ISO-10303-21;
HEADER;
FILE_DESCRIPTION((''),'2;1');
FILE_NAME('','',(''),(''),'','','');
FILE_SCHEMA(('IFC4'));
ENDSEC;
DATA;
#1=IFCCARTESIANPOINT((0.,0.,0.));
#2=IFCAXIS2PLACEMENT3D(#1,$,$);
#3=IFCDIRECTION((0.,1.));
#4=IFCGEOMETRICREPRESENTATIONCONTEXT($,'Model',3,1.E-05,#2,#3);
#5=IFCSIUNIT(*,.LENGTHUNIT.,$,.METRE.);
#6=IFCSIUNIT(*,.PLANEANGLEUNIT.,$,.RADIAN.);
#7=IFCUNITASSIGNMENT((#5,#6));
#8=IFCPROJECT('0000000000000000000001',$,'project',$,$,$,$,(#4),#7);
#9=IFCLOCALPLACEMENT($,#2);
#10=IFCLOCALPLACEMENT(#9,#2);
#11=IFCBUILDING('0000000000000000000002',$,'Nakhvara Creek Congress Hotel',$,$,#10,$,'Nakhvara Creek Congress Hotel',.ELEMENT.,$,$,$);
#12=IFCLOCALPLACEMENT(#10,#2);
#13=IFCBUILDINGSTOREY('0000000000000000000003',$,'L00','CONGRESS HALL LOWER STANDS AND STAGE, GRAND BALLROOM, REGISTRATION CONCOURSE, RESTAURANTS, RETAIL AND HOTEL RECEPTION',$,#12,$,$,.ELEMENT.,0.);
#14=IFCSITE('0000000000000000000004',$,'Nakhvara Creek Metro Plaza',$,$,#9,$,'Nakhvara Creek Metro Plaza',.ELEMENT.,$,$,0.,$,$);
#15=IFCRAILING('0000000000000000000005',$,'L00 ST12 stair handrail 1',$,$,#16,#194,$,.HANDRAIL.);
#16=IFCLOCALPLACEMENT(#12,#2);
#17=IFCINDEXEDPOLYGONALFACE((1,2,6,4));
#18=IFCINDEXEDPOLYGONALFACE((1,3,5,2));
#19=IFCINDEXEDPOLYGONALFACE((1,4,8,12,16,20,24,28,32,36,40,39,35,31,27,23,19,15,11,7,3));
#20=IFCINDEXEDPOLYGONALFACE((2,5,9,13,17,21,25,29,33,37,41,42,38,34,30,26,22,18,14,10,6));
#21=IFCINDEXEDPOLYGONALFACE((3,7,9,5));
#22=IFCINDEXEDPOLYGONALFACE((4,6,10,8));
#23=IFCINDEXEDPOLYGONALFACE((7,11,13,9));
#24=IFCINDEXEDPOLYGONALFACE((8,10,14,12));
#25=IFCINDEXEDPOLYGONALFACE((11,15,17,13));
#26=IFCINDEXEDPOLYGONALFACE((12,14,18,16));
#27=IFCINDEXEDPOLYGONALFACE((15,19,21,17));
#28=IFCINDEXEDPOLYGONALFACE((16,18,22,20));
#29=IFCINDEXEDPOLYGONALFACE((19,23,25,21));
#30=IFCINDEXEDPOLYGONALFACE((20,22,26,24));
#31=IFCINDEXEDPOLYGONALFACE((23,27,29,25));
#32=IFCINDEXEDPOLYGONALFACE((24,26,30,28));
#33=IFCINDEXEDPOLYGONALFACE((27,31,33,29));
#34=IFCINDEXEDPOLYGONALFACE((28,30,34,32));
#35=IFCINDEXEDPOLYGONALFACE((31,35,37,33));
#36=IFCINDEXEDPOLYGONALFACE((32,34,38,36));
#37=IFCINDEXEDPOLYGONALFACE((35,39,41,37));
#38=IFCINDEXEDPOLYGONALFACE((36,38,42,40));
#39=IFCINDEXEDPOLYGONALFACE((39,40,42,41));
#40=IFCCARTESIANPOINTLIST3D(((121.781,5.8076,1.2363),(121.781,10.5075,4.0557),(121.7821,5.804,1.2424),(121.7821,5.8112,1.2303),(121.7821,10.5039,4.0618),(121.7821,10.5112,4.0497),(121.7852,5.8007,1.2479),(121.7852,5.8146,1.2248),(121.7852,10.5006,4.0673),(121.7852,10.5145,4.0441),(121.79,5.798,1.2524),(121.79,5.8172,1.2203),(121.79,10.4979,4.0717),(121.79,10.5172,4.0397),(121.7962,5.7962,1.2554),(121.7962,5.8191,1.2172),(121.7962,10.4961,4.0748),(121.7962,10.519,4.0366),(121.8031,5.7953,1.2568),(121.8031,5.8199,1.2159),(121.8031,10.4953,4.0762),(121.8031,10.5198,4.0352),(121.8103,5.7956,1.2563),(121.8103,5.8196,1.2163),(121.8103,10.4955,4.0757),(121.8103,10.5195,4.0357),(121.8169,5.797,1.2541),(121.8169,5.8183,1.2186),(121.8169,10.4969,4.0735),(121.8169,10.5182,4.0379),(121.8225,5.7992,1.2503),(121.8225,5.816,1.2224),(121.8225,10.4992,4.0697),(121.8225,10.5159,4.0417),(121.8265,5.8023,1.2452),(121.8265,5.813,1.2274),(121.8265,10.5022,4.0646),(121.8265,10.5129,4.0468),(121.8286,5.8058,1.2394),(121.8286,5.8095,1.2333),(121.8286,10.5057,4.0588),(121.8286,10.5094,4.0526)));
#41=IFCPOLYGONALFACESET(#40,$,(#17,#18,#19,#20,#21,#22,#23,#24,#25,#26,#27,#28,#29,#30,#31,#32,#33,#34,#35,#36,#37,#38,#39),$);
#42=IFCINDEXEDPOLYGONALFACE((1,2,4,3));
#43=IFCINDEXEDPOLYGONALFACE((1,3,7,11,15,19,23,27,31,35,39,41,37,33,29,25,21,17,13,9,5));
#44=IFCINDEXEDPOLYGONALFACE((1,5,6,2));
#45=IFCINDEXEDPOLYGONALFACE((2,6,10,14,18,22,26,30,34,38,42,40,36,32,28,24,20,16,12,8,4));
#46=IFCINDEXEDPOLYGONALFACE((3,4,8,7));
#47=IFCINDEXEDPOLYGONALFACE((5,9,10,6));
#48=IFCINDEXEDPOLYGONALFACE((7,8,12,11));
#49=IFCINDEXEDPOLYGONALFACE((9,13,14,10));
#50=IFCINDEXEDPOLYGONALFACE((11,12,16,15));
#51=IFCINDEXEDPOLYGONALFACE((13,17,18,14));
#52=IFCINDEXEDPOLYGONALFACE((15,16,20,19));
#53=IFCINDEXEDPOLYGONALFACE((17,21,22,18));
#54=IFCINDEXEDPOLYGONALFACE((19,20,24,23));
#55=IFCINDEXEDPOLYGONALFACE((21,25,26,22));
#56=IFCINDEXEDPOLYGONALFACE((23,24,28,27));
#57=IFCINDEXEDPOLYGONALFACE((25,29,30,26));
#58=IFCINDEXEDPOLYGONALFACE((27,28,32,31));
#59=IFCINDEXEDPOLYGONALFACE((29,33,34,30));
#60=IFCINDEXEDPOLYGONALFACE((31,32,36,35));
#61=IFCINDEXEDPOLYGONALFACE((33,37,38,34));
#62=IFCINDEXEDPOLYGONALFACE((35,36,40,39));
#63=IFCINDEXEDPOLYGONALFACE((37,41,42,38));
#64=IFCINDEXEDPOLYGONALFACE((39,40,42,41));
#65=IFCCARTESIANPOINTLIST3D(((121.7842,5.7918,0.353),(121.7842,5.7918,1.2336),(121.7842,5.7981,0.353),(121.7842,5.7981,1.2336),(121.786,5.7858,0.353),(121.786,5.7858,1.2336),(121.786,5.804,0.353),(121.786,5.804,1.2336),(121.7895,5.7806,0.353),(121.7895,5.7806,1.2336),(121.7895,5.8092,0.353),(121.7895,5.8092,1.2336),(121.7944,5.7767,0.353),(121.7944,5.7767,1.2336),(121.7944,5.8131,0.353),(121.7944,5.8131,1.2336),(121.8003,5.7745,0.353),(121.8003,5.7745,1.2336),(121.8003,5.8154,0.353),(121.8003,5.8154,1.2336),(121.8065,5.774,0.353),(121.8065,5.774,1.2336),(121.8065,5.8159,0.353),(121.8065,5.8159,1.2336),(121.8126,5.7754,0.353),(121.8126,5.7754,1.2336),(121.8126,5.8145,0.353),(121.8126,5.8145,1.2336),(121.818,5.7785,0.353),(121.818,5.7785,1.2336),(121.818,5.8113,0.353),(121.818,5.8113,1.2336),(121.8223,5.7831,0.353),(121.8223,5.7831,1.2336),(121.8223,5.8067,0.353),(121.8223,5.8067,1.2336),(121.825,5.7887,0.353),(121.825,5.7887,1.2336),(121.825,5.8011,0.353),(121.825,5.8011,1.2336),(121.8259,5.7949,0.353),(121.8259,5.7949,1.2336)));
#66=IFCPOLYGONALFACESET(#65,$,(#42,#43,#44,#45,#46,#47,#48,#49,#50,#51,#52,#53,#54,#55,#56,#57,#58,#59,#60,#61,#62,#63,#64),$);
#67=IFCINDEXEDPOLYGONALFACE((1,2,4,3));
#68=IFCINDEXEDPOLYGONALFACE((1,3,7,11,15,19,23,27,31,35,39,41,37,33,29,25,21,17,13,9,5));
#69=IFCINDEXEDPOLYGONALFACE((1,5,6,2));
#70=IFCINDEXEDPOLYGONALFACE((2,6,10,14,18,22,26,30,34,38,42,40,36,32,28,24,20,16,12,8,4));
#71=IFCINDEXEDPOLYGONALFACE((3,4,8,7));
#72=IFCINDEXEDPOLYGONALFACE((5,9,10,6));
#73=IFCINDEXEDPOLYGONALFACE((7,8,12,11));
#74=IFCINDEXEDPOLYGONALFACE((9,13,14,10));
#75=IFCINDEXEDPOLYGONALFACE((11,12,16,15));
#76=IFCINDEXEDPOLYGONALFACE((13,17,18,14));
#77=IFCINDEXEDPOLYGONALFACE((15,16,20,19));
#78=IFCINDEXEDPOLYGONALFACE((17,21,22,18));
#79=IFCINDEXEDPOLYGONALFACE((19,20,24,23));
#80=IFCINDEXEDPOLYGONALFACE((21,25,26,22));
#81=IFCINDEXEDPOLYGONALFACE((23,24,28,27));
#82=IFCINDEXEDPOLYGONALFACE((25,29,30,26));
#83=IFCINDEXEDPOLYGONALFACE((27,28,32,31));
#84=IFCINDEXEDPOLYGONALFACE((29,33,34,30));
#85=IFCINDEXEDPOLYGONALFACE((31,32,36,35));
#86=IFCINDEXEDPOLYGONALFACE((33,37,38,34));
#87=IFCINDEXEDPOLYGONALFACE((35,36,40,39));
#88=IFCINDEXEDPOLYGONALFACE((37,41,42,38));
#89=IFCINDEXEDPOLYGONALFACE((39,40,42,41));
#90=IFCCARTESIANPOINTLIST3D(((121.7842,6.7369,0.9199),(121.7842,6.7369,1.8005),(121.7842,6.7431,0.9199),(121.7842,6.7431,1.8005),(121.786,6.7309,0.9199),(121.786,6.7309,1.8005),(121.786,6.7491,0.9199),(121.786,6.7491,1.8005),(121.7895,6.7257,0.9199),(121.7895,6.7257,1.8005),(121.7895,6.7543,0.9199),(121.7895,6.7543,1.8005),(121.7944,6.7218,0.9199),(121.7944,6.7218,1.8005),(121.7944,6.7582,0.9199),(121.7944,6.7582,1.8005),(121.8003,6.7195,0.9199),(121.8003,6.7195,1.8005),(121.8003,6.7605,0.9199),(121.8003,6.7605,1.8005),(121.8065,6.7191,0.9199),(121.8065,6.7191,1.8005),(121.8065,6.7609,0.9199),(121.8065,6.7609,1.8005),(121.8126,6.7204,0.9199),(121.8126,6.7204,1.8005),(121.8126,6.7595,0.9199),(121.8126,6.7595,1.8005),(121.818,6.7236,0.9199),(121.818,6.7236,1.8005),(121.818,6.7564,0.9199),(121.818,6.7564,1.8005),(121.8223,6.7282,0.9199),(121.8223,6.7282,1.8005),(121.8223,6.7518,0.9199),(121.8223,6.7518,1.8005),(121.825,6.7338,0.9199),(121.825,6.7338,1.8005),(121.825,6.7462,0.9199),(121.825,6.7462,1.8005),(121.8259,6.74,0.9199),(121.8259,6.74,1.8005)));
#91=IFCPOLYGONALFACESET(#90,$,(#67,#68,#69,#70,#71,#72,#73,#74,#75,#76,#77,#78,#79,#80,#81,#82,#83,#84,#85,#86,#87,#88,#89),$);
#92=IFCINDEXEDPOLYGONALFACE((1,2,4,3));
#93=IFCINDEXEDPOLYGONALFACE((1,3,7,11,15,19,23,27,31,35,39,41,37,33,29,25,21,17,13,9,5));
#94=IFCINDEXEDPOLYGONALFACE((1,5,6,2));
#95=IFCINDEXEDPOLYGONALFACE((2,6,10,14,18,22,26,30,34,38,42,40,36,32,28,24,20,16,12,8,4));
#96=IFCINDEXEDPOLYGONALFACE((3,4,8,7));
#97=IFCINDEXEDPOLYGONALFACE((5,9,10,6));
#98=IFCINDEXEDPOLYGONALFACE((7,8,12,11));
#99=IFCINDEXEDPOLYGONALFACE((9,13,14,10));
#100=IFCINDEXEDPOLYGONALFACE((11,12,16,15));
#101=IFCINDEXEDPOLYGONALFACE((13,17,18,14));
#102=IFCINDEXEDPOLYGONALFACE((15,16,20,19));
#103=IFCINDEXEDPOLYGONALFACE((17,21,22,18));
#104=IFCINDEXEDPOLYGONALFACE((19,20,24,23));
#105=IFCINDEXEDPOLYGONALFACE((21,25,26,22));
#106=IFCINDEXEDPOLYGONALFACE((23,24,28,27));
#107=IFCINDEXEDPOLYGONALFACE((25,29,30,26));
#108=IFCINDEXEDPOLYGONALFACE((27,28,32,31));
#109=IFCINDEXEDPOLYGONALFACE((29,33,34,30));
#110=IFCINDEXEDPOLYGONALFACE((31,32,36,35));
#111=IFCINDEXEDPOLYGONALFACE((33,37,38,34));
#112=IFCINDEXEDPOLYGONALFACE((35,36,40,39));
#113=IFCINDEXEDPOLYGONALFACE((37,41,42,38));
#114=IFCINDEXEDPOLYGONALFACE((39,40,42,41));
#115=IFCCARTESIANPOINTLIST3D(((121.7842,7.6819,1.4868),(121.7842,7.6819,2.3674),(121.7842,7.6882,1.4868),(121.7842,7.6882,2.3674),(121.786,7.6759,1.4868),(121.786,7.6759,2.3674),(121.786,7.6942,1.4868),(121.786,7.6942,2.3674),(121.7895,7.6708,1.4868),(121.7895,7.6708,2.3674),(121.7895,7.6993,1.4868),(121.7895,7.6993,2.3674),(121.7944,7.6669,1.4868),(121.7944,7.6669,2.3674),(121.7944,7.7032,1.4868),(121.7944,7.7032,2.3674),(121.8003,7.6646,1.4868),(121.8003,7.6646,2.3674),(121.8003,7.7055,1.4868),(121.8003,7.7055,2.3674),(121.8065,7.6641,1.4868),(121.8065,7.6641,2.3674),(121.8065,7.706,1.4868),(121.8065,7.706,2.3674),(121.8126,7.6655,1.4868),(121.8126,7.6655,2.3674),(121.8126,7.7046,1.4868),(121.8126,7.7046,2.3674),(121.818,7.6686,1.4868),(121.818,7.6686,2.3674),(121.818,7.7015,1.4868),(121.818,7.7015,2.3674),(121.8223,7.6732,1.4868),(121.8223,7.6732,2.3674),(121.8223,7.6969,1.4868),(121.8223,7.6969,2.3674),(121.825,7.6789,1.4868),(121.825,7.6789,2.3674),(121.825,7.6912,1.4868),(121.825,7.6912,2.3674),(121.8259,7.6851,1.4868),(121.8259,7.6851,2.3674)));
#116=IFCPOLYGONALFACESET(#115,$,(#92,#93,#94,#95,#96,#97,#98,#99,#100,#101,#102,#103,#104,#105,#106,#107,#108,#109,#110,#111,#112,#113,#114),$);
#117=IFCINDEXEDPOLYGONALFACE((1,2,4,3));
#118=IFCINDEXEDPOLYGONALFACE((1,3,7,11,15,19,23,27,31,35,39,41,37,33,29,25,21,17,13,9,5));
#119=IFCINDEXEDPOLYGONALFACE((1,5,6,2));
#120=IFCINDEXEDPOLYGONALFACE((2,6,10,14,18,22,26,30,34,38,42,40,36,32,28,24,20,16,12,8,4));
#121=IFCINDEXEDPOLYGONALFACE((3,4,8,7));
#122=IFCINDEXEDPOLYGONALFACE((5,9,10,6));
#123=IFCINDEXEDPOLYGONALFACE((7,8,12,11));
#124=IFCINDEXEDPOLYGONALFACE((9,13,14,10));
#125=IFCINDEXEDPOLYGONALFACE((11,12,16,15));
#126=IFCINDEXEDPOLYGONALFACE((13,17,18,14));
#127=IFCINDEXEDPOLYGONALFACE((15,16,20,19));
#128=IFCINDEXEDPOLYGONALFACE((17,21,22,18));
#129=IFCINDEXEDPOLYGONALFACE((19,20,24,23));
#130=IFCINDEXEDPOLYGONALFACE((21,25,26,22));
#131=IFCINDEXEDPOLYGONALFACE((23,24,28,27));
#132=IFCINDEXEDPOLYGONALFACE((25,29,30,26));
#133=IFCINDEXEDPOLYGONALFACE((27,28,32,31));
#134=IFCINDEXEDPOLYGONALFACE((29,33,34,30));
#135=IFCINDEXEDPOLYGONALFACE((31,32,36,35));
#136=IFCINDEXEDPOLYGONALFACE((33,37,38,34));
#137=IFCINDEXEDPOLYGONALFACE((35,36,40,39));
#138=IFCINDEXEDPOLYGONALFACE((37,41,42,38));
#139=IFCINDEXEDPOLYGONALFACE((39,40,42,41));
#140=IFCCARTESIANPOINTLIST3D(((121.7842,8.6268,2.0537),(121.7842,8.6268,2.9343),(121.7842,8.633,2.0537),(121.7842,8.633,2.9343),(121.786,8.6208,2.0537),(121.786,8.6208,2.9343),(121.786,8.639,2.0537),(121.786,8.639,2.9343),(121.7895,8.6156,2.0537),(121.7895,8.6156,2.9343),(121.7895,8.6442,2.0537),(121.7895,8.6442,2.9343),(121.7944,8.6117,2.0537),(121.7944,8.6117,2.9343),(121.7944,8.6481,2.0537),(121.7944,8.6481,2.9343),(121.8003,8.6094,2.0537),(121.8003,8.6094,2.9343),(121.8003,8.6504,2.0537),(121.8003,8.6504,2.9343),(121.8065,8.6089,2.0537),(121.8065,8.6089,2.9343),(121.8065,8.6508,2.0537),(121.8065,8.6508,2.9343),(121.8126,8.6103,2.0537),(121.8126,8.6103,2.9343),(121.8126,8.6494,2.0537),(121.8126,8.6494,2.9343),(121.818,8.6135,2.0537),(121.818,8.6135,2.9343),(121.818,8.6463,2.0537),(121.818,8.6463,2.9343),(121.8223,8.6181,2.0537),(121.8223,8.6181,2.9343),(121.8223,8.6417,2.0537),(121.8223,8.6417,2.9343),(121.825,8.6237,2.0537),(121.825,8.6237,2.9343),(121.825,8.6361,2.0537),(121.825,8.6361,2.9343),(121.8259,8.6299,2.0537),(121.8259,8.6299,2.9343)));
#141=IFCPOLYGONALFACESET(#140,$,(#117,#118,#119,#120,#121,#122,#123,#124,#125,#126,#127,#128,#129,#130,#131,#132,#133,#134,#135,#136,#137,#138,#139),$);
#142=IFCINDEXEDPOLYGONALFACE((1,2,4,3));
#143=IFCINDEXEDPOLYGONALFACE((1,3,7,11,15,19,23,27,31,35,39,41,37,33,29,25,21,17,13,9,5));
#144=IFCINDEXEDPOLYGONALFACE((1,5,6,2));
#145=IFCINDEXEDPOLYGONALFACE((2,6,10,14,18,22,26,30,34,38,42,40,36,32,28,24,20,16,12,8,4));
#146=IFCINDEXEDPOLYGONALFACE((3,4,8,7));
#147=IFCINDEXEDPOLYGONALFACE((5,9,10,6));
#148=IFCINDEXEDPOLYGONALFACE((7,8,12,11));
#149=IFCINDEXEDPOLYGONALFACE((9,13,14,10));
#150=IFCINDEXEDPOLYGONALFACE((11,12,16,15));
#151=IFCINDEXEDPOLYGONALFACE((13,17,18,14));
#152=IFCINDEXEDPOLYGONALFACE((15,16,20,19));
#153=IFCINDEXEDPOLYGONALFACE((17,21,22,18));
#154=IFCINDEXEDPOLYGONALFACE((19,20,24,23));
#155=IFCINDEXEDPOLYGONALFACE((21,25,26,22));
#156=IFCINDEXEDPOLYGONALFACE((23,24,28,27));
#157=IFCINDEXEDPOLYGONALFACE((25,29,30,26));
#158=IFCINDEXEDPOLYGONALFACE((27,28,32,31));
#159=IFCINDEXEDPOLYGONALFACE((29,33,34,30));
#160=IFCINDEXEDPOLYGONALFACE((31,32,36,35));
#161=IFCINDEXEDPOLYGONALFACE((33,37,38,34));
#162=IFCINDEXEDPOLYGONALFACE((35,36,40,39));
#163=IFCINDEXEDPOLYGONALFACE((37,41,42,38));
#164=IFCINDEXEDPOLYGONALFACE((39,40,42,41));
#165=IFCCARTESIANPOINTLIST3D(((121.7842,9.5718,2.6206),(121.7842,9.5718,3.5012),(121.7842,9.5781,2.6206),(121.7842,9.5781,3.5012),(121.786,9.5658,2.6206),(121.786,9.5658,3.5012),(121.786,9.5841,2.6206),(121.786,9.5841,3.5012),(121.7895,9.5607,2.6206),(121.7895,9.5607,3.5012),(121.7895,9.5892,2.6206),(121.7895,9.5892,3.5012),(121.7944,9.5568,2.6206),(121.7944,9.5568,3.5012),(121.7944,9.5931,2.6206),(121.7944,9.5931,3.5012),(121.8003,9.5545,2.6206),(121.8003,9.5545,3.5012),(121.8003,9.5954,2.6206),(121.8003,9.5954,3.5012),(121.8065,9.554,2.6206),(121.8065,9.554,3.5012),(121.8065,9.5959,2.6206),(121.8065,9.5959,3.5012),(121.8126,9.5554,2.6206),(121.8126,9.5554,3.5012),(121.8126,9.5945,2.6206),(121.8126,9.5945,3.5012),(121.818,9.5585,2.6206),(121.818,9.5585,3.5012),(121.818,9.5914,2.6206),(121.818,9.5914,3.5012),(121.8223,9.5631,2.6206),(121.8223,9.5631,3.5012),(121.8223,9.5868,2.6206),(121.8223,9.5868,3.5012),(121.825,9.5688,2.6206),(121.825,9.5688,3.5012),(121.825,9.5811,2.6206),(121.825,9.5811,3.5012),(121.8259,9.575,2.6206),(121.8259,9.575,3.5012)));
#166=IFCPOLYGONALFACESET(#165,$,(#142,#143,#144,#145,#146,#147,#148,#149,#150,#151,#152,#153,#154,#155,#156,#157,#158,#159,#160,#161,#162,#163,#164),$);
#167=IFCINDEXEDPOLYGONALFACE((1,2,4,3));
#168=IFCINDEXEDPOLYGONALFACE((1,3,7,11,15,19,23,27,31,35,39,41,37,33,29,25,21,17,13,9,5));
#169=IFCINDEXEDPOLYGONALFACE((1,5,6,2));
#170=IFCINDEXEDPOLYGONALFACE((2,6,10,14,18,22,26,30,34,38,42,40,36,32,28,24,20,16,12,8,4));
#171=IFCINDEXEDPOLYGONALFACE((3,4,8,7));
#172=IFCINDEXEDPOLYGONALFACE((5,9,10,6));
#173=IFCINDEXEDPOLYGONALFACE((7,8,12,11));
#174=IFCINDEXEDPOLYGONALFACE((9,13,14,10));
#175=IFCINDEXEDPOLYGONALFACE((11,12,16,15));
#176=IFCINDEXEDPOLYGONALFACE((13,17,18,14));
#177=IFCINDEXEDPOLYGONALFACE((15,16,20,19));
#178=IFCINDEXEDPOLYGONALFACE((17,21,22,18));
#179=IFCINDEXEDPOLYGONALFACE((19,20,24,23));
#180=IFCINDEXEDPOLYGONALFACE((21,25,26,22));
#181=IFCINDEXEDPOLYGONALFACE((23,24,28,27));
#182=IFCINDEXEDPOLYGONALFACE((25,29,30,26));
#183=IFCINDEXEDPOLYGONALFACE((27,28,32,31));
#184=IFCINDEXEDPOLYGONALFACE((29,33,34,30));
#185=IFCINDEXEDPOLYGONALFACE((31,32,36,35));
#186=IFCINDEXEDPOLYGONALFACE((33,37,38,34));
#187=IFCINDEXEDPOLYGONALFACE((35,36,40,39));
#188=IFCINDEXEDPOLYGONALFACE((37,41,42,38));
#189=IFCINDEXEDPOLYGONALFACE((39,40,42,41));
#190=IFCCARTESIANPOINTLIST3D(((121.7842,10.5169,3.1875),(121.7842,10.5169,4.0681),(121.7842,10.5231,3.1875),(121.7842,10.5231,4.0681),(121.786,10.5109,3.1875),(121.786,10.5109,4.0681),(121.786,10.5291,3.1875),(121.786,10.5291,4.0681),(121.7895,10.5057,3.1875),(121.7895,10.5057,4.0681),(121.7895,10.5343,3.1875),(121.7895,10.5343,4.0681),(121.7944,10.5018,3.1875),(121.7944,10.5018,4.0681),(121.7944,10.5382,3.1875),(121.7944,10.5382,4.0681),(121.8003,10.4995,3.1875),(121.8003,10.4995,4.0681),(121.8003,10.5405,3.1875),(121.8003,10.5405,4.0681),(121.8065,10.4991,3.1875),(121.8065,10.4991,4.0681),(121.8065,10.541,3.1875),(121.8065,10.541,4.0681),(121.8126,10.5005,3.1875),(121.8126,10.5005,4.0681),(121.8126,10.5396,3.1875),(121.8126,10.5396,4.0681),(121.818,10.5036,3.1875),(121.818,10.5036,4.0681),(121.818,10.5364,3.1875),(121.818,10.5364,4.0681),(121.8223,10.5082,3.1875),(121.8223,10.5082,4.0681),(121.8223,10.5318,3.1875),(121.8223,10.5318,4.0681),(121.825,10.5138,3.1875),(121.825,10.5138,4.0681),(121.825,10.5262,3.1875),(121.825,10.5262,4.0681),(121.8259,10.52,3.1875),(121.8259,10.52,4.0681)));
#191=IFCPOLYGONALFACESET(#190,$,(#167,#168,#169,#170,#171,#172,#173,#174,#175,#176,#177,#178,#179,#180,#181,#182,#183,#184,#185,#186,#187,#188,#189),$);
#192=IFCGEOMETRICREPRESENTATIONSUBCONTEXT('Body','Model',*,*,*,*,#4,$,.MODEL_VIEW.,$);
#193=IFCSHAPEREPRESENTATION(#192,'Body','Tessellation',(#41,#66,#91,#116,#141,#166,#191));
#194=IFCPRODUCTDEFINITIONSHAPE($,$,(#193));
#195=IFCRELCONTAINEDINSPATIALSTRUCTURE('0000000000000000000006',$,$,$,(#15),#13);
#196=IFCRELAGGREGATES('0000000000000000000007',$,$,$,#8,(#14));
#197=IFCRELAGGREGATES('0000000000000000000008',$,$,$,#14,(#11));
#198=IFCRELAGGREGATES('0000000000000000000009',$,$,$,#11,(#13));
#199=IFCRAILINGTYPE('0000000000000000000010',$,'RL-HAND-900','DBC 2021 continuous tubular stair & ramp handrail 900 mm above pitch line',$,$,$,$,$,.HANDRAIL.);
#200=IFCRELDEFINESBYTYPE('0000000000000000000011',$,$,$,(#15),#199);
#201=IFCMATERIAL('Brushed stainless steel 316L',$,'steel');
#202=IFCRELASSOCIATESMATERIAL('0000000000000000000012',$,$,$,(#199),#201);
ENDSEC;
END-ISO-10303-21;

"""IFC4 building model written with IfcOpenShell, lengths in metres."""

from ifc_helpers import new_model, si_unit, direction, frame, origin, origin_2d, place, context, subcontext, project, spatial, circle, extrude, material, type_object, element, save


model = new_model("IFC4")

# Units and contexts
model_context = context("Model", 3, precision=1e-05, world=origin(), true_north=direction((0.0, 1.0)))
body_context = subcontext(model_context, "Body", "Model", "MODEL_VIEW")
ifc_project = project(units=[si_unit("LENGTHUNIT", "METRE"), si_unit("PLANEANGLEUNIT", "RADIAN")], contexts=[model_context])

# Site, building, storey
site_placement = place(None, origin())
site = spatial("IfcSite", under=ifc_project, at=site_placement, Name="Nakhvara Creek Metro Plaza", LongName="Nakhvara Creek Metro Plaza", CompositionType="ELEMENT", RefElevation=0.0)
building_placement = place(site_placement, origin())
building = spatial("IfcBuilding", under=site, at=building_placement, Name="Nakhvara Creek Congress Hotel", LongName="Nakhvara Creek Congress Hotel", CompositionType="ELEMENT")
storey_placement = place(building_placement, origin())
storey = spatial("IfcBuildingStorey", under=building, at=storey_placement, Name="L00", Description="CONGRESS HALL LOWER STANDS AND STAGE, GRAND BALLROOM, REGISTRATION CONCOURSE, RESTAURANTS, RETAIL AND HOTEL RECEPTION", CompositionType="ELEMENT", Elevation=0.0)

# Railing
ifc_material_1 = material(Name="Brushed stainless steel 316L", Category="steel")
railing_type_1 = type_object("IfcRailingType", Name="RL-HAND-900", Description="DBC 2021 continuous tubular stair & ramp handrail 900 mm above pitch line", PredefinedType="HANDRAIL", material=ifc_material_1)
railing_1_placement = place(storey_placement, frame((121.8049, 5.7949, 0.353)))
element("IfcRailing", 1, at=railing_1_placement, inside=storey, type_object=railing_type_1, Name="L00 ST12 stair handrail 1", PredefinedType="HANDRAIL", context=body_context, shape_type="SweptSolid", body=[
    extrude(circle(Radius=0.0239, at=origin_2d()), frame((0.0, 0.0127, 0.8833), z_axis=(0.0, 0.85754, 0.514418), x_axis=(-1.0, 0.0, 0.0)), (0.0, 0.0, 1.0), 5.4807),
    extrude(circle(Radius=0.021, at=origin_2d()), origin(), (0.0, 0.0, 1.0), 0.8806),
    extrude(circle(Radius=0.021, at=origin_2d()), frame((0.0, 0.9451, 0.5669)), (0.0, 0.0, 1.0), 0.8806),
    extrude(circle(Radius=0.021, at=origin_2d()), frame((0.0, 1.8901, 1.1338)), (0.0, 0.0, 1.0), 0.8806),
    extrude(circle(Radius=0.021, at=origin_2d()), frame((0.0, 2.835, 1.7007)), (0.0, 0.0, 1.0), 0.8806),
    extrude(circle(Radius=0.021, at=origin_2d()), frame((0.0, 3.78, 2.2676)), (0.0, 0.0, 1.0), 0.8806),
    extrude(circle(Radius=0.021, at=origin_2d()), frame((0.0, 4.7251, 2.8345)), (0.0, 0.0, 1.0), 0.8806),
])

save(model, "model.ifc")
